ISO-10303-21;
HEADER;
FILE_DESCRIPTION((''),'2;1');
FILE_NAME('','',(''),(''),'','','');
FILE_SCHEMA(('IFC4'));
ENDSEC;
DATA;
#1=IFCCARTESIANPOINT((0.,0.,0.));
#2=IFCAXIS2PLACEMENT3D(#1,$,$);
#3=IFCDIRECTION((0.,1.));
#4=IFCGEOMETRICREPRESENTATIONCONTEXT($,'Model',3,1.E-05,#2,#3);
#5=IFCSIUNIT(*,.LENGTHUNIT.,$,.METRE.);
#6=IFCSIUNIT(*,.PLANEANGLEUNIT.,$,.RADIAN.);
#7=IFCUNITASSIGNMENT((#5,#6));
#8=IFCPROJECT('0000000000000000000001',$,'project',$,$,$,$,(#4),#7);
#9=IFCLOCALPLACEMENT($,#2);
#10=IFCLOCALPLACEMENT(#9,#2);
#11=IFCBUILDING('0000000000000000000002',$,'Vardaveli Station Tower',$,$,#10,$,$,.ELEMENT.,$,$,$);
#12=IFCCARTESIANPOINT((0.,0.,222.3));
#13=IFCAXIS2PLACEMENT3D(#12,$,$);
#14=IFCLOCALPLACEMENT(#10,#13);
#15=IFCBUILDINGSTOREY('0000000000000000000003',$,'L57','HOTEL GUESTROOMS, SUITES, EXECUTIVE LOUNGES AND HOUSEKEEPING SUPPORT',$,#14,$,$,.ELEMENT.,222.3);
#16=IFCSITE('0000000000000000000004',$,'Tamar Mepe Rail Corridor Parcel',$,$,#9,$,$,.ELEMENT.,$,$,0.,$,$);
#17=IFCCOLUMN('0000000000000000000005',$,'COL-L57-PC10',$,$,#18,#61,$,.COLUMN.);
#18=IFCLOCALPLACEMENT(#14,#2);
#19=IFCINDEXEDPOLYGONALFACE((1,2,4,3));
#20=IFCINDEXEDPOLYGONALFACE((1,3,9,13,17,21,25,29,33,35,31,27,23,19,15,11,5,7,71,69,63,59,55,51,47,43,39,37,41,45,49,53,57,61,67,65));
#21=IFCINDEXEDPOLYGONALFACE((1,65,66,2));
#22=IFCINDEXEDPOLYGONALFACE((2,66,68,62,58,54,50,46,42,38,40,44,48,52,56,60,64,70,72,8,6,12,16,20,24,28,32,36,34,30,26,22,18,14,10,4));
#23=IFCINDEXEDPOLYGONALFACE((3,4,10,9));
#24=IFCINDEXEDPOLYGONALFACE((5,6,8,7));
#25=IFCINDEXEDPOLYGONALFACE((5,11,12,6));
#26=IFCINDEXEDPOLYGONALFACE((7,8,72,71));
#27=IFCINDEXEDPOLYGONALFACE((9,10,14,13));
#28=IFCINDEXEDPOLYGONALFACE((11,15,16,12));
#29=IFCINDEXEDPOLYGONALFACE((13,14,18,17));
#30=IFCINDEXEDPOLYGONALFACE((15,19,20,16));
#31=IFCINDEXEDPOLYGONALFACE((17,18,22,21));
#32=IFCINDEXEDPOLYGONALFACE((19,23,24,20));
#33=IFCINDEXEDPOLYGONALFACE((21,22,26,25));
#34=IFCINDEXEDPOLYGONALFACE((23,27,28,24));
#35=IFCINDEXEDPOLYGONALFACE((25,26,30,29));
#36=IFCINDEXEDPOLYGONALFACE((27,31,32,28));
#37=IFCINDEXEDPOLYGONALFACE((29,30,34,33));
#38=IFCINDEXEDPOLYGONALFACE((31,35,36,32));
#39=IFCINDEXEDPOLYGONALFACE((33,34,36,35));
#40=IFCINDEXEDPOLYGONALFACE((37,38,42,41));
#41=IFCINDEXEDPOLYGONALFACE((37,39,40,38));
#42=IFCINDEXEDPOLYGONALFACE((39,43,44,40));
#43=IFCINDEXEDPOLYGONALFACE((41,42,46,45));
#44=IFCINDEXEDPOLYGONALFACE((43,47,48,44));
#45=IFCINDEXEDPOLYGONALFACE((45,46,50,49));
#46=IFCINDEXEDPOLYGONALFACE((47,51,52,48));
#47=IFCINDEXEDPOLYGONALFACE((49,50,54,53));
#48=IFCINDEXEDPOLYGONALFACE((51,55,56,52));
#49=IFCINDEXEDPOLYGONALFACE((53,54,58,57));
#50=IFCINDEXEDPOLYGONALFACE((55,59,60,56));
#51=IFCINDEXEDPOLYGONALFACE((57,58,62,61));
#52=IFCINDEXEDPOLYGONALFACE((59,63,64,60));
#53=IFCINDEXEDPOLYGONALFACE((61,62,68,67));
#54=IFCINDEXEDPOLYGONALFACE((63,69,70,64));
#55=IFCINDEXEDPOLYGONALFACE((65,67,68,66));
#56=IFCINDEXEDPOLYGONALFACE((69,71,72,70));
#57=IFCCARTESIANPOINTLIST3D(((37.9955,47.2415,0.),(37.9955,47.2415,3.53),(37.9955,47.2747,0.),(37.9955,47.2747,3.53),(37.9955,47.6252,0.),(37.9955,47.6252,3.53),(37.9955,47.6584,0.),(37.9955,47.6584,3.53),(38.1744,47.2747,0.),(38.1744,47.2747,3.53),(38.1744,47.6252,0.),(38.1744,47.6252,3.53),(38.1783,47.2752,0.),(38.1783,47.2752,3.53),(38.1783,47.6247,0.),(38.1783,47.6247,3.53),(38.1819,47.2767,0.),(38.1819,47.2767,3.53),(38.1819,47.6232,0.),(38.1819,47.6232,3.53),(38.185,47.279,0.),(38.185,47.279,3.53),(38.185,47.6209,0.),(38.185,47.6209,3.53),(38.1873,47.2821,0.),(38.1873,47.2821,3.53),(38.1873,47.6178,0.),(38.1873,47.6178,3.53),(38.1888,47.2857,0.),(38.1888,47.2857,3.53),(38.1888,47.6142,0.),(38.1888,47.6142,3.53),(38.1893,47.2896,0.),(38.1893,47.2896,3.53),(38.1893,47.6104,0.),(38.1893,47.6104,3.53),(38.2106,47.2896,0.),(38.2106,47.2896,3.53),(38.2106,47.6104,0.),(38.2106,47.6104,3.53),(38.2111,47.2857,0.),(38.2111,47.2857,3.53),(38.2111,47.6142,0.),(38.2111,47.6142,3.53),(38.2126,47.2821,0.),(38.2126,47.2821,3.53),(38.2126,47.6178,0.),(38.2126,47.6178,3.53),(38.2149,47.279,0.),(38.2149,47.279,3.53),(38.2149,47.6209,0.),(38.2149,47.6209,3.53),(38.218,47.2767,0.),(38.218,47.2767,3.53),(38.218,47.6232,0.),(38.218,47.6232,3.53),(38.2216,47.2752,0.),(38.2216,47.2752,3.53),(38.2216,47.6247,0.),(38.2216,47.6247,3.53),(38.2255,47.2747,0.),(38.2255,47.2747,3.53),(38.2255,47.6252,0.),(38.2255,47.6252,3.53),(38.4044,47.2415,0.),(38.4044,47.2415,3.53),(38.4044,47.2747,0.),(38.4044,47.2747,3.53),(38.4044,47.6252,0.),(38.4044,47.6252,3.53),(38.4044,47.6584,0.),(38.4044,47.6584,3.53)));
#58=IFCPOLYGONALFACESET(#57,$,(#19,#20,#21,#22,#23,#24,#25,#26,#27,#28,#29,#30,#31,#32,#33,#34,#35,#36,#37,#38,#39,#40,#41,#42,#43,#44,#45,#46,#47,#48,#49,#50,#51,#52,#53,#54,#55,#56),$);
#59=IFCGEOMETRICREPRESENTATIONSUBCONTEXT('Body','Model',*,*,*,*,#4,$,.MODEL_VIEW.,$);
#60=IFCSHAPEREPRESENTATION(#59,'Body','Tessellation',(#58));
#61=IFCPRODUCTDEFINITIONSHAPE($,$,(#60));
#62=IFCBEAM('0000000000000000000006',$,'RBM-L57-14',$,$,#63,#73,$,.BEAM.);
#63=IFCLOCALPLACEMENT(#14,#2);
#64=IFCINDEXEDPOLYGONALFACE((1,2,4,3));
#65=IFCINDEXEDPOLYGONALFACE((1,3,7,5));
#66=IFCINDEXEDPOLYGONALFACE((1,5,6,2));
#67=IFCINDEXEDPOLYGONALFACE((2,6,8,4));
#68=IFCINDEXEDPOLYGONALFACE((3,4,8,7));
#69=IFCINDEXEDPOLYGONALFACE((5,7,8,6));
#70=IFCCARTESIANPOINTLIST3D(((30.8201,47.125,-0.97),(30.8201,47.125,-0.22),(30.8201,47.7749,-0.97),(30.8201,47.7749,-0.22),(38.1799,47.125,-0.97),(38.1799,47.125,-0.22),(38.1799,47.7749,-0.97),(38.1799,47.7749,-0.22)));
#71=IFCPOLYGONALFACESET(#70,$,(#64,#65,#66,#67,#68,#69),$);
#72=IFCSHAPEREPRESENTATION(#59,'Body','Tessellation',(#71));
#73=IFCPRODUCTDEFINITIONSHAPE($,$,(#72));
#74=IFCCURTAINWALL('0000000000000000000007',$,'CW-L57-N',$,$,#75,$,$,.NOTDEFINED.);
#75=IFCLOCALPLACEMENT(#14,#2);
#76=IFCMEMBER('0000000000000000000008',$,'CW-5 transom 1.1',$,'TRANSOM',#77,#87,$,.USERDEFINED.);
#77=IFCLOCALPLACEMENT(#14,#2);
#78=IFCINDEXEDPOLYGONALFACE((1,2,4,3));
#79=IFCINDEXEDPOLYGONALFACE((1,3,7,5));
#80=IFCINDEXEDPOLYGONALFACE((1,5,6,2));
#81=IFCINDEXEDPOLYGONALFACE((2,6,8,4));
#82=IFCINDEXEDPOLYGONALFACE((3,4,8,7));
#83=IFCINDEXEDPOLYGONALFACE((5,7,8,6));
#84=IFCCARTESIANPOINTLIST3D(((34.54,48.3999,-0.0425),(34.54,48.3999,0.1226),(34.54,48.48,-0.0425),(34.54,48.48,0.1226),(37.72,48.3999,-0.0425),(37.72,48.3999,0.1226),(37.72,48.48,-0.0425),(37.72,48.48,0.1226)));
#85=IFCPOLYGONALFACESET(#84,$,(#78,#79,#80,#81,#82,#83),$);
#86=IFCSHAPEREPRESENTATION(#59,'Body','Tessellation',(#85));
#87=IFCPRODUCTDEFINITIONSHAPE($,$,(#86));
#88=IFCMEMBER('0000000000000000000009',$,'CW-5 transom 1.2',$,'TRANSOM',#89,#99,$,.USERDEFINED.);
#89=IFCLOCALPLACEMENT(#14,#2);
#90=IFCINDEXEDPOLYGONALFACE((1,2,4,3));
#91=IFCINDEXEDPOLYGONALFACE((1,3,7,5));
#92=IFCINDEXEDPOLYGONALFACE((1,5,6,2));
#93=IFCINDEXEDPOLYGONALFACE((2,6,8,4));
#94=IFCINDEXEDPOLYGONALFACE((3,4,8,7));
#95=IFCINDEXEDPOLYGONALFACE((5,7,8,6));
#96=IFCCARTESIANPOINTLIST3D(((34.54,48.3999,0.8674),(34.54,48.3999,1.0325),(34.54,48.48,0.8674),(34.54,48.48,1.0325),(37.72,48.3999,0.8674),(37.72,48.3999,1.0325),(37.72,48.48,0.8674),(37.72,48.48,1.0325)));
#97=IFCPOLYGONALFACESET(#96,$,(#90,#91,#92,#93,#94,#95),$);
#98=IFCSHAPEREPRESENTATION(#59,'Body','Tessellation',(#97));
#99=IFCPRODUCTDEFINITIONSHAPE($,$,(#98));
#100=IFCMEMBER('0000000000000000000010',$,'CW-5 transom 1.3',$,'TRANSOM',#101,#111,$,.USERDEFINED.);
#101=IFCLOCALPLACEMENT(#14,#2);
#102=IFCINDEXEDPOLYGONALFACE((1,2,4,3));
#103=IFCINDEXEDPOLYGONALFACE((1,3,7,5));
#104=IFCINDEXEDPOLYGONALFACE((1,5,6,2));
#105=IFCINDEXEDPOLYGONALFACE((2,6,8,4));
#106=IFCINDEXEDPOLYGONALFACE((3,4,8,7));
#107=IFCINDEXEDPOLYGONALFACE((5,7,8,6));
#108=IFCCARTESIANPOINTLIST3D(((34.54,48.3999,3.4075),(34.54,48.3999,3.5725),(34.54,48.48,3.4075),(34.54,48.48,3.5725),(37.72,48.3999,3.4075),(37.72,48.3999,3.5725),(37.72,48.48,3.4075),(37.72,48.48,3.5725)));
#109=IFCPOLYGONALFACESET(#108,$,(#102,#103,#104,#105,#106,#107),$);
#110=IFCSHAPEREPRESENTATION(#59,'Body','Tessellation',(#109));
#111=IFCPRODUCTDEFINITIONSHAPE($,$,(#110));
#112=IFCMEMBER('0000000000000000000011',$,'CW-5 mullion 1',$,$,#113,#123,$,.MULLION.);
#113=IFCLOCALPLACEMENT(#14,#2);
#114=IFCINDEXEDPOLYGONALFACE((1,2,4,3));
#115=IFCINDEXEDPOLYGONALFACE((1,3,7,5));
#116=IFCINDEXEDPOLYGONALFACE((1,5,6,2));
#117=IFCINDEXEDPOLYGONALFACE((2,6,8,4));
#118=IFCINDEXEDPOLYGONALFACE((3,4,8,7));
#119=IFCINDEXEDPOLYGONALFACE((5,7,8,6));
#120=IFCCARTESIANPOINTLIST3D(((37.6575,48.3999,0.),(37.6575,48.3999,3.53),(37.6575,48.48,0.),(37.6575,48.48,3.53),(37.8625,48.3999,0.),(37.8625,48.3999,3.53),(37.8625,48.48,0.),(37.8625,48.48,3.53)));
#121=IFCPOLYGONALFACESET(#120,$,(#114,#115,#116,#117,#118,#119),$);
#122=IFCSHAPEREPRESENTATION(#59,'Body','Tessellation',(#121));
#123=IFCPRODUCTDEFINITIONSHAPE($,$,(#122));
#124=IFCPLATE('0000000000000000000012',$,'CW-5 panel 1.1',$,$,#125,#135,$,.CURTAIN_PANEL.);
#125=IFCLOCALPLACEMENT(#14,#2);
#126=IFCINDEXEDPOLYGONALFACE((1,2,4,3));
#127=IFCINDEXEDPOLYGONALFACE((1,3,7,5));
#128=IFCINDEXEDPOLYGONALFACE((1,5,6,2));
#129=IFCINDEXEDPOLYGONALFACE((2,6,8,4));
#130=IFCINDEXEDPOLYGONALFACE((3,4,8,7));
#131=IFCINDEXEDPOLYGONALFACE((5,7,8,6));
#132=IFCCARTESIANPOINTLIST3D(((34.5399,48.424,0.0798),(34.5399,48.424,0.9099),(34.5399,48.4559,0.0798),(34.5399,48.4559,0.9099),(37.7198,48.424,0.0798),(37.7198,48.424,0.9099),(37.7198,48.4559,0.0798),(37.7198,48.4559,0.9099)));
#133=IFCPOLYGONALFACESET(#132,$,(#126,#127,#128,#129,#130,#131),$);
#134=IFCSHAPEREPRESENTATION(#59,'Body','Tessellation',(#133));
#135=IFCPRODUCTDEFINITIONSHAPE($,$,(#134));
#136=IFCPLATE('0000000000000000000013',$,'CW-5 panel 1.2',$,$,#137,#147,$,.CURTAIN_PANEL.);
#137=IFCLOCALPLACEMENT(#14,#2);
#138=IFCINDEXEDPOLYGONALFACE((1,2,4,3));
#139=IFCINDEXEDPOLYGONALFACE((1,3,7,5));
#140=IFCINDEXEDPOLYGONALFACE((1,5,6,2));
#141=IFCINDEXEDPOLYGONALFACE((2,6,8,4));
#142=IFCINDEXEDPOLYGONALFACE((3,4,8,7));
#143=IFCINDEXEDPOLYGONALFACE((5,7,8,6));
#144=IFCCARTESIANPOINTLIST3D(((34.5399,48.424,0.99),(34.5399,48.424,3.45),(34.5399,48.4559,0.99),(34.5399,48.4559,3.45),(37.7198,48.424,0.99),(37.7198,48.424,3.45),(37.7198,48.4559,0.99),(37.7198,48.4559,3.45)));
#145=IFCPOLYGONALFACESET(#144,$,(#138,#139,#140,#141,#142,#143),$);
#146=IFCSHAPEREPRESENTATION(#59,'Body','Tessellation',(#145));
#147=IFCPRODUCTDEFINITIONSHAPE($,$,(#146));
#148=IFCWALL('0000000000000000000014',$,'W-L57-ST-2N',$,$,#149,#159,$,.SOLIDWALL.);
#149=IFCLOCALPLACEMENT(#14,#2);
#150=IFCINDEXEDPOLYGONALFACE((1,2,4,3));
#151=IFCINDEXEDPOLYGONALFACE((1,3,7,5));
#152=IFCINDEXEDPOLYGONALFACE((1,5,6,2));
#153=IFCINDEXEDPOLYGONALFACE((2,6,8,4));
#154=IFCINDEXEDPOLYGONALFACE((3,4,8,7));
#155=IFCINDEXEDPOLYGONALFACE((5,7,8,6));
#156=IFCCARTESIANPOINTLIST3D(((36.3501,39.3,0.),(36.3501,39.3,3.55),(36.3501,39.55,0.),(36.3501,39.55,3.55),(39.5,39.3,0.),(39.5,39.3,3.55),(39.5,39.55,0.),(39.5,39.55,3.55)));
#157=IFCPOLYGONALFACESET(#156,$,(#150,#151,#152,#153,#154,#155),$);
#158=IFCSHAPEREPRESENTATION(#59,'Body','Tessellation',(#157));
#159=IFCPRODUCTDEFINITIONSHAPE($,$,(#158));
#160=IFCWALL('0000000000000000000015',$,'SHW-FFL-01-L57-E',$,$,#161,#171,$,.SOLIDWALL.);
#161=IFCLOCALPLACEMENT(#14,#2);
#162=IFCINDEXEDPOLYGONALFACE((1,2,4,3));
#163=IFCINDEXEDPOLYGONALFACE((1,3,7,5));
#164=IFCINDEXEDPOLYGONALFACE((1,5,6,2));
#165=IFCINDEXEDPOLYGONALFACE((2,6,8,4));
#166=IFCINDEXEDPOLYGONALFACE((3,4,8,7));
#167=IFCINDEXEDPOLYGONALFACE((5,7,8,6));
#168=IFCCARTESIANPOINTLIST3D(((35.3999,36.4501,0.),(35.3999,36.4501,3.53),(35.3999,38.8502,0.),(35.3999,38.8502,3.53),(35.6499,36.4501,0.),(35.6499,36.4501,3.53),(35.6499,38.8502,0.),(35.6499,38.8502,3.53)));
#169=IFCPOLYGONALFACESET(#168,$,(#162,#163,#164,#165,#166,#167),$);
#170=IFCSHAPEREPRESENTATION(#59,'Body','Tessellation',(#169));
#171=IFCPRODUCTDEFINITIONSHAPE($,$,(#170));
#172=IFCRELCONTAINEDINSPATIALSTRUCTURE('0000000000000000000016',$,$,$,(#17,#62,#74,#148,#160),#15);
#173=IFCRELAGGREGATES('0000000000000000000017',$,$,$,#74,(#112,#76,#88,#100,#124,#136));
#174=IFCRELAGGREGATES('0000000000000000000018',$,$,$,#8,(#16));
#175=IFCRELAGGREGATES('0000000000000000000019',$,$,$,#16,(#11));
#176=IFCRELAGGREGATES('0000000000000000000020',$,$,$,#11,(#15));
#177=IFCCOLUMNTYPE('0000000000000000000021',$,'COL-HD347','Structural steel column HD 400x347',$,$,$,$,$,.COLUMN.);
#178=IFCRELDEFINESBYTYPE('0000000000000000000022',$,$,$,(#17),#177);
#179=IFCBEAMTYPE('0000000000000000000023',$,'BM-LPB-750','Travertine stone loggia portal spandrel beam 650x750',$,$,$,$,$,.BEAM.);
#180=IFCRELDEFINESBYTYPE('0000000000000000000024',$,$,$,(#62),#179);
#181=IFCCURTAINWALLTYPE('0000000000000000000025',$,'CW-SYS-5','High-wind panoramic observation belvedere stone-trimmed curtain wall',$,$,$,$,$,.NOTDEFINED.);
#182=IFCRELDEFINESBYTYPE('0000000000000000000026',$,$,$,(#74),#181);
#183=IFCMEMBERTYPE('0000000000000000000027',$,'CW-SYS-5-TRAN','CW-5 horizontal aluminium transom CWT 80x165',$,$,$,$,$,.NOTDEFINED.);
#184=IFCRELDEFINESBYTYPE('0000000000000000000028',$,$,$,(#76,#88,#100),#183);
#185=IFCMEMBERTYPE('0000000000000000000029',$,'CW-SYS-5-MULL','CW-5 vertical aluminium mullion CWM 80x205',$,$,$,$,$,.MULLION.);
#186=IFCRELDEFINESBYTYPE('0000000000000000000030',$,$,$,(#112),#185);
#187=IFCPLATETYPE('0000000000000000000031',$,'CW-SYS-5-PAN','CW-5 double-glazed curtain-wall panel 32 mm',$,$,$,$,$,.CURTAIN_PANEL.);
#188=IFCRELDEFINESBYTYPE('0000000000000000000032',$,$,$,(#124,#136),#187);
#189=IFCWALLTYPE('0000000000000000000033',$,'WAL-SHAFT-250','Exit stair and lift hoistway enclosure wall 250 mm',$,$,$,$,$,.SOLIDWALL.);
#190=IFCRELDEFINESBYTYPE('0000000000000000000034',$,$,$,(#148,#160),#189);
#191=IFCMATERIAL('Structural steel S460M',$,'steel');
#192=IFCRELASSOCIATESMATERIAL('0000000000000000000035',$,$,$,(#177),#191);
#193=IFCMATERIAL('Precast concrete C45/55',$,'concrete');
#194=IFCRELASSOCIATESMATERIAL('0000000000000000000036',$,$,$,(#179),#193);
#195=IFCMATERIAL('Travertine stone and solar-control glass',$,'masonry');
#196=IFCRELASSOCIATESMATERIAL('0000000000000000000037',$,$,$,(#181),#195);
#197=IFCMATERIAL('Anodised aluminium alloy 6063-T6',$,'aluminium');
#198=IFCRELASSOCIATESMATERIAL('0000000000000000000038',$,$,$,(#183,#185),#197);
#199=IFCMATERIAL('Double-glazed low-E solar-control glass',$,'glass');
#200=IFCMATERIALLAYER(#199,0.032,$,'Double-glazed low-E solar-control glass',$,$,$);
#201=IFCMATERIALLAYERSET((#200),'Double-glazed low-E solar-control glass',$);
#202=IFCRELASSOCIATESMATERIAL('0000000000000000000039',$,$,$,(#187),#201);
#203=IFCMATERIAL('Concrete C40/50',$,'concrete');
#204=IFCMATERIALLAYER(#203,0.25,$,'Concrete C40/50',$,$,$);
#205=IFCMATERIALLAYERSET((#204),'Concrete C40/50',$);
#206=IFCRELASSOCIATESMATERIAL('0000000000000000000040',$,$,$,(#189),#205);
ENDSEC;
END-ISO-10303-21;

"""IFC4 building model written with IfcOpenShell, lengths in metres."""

from ifc_helpers import new_model, si_unit, direction, frame, frame_2d, origin, origin_2d, place, context, subcontext, project, spatial, rectangle, i_section, extrude, source, transform, mapped, material, layer, layer_set, material_profile, profile_set, type_object, element, aggregate, save


model = new_model("IFC4")

# Units and contexts
model_context = context("Model", 3, precision=1e-05, world=origin(), true_north=direction((0.0, 1.0)))
body_context = subcontext(model_context, "Body", "Model", "MODEL_VIEW")
ifc_project = project(units=[si_unit("LENGTHUNIT", "METRE"), si_unit("PLANEANGLEUNIT", "RADIAN")], contexts=[model_context])

# Site, building, storey
site_placement = place(None, origin())
site = spatial("IfcSite", under=ifc_project, at=site_placement, Name="Tamar Mepe Rail Corridor Parcel", CompositionType="ELEMENT", RefElevation=0.0)
building_placement = place(site_placement, origin())
building = spatial("IfcBuilding", under=site, at=building_placement, Name="Vardaveli Station Tower", CompositionType="ELEMENT")
storey_placement = place(building_placement, frame((0.0, 0.0, 222.3)))
storey = spatial("IfcBuildingStorey", under=building, at=storey_placement, Name="L57", Description="HOTEL GUESTROOMS, SUITES, EXECUTIVE LOUNGES AND HOUSEKEEPING SUPPORT", CompositionType="ELEMENT", Elevation=222.3)

# Column
ifc_material_1 = material(Name="Structural steel S460M", Category="steel")
ifc_material_profile_1 = material_profile(ifc_material_1, i_section(OverallWidth=0.4089, OverallDepth=0.417, WebThickness=0.0212, FlangeThickness=0.0332, FilletRadius=0.0149, at=origin_2d()), Name="HD 400x347")
ifc_profile_set_1 = profile_set([ifc_material_profile_1], Name="Structural steel S460M")
column_type = type_object("IfcColumnType", Name="COL-HD347", Description="Structural steel column HD 400x347", PredefinedType="COLUMN", material=ifc_profile_set_1)
shared_shape_1 = source(origin(), body_context, "Body", "SweptSolid", [
    extrude(i_section(OverallWidth=0.4089, OverallDepth=0.417, WebThickness=0.0212, FlangeThickness=0.0332, FilletRadius=0.0149, at=origin_2d()), origin(), (0.0, 0.0, 1.0), 3.53),
])
column_placement = place(storey_placement, frame((38.2, 47.45, 0.0), z_axis=(0.0, 0.0, 1.0), x_axis=(1.0, 0.0, 0.0)))
element("IfcColumn", 1, at=column_placement, inside=storey, type_object=column_type, Name="COL-L57-PC10", PredefinedType="COLUMN", context=body_context, shape_type="MappedRepresentation", body=[
    mapped(shared_shape_1, transform((0.0, 0.0, 0.0), scale=1.0)),
])

# Beam
ifc_material_2 = material(Name="Precast concrete C45/55", Category="concrete")
ifc_material_profile_2 = material_profile(ifc_material_2, rectangle(XDim=0.6499, YDim=0.75, at=origin_2d()), Name="LPB 650x750")
ifc_profile_set_2 = profile_set([ifc_material_profile_2], Name="Precast concrete C45/55")
beam_type = type_object("IfcBeamType", Name="BM-LPB-750", Description="Travertine stone loggia portal spandrel beam 650x750", PredefinedType="BEAM", material=ifc_profile_set_2)
shared_shape_2 = source(origin(), body_context, "Body", "SweptSolid", [
    extrude(rectangle(XDim=0.6499, YDim=0.75, at=origin_2d()), origin(), (0.0, 0.0, 1.0), 7.3599),
])
beam_placement = place(storey_placement, frame((38.1799, 47.45, -0.595), z_axis=(-1.0, 0.0, 0.0), x_axis=(0.0, -1.0, 0.0)))
element("IfcBeam", 2, at=beam_placement, inside=storey, type_object=beam_type, Name="RBM-L57-14", PredefinedType="BEAM", context=body_context, shape_type="MappedRepresentation", body=[
    mapped(shared_shape_2, transform((0.0, 0.0, 0.0), scale=1.0)),
])

# Curtain wall, members, plates
ifc_material_3 = material(Name="Travertine stone and solar-control glass", Category="masonry")
curtain_wall_type = type_object("IfcCurtainWallType", Name="CW-SYS-5", Description="High-wind panoramic observation belvedere stone-trimmed curtain wall", PredefinedType="NOTDEFINED", material=ifc_material_3)
curtain_wall_placement = place(storey_placement, origin())
curtain_wall = element("IfcCurtainWall", 3, at=curtain_wall_placement, inside=storey, type_object=curtain_wall_type, Name="CW-L57-N", PredefinedType="NOTDEFINED")
ifc_material_4 = material(Name="Anodised aluminium alloy 6063-T6", Category="aluminium")
ifc_material_profile_3 = material_profile(ifc_material_4, rectangle(XDim=0.0801, YDim=0.165, at=origin_2d()), Name="CWT 80x165")
ifc_profile_set_3 = profile_set([ifc_material_profile_3], Name="Anodised aluminium alloy 6063-T6")
member_type_1 = type_object("IfcMemberType", Name="CW-SYS-5-TRAN", Description="CW-5 horizontal aluminium transom CWT 80x165", PredefinedType="NOTDEFINED", material=ifc_profile_set_3)
shared_shape_3 = source(origin(), body_context, "Body", "SweptSolid", [
    extrude(rectangle(XDim=0.0801, YDim=0.165, at=origin_2d()), origin(), (0.0, 0.0, 1.0), 3.1799),
])
member_1_placement = place(storey_placement, frame((37.72, 48.4399, 0.04), z_axis=(-1.0, 0.0, 0.0), x_axis=(0.0, -1.0, 0.0)))
member_1 = element("IfcMember", 4, at=member_1_placement, type_object=member_type_1, Name="CW-5 transom 1.1", ObjectType="TRANSOM", PredefinedType="USERDEFINED", context=body_context, shape_type="MappedRepresentation", body=[
    mapped(shared_shape_3, transform((0.0, 0.0, 0.0), scale=1.0)),
])
member_2_placement = place(storey_placement, frame((37.72, 48.4399, 0.95), z_axis=(-1.0, 0.0, 0.0), x_axis=(0.0, -1.0, 0.0)))
member_2 = element("IfcMember", 5, at=member_2_placement, type_object=member_type_1, Name="CW-5 transom 1.2", ObjectType="TRANSOM", PredefinedType="USERDEFINED", context=body_context, shape_type="MappedRepresentation", body=[
    mapped(shared_shape_3, transform((0.0, 0.0, 0.0), scale=1.0)),
])
member_3_placement = place(storey_placement, frame((37.72, 48.4399, 3.49), z_axis=(-1.0, 0.0, 0.0), x_axis=(0.0, -1.0, 0.0)))
member_3 = element("IfcMember", 6, at=member_3_placement, type_object=member_type_1, Name="CW-5 transom 1.3", ObjectType="TRANSOM", PredefinedType="USERDEFINED", context=body_context, shape_type="MappedRepresentation", body=[
    mapped(shared_shape_3, transform((0.0, 0.0, 0.0), scale=1.0)),
])
ifc_material_profile_4 = material_profile(ifc_material_4, rectangle(XDim=0.0801, YDim=0.2051, at=origin_2d()), Name="CWM 80x205")
ifc_profile_set_4 = profile_set([ifc_material_profile_4], Name="Anodised aluminium alloy 6063-T6")
member_type_2 = type_object("IfcMemberType", Name="CW-SYS-5-MULL", Description="CW-5 vertical aluminium mullion CWM 80x205", PredefinedType="MULLION", material=ifc_profile_set_4)
shared_shape_4 = source(origin(), body_context, "Body", "SweptSolid", [
    extrude(rectangle(XDim=0.0801, YDim=0.2051, at=origin_2d()), origin(), (0.0, 0.0, 1.0), 3.53),
])
member_4_placement = place(storey_placement, frame((37.76, 48.4399, 0.0), z_axis=(0.0, 0.0, 1.0), x_axis=(0.0, -1.0, 0.0)))
member_4 = element("IfcMember", 7, at=member_4_placement, type_object=member_type_2, Name="CW-5 mullion 1", PredefinedType="MULLION", context=body_context, shape_type="MappedRepresentation", body=[
    mapped(shared_shape_4, transform((0.0, 0.0, 0.0), scale=1.0)),
])
ifc_material_5 = material(Name="Double-glazed low-E solar-control glass", Category="glass")
ifc_layer_1 = layer(ifc_material_5, 0.032, Name="Double-glazed low-E solar-control glass")
ifc_layer_set_1 = layer_set([ifc_layer_1], Name="Double-glazed low-E solar-control glass")
plate_type = type_object("IfcPlateType", Name="CW-SYS-5-PAN", Description="CW-5 double-glazed curtain-wall panel 32 mm", PredefinedType="CURTAIN_PANEL", material=ifc_layer_set_1)
shared_shape_5 = source(origin(), body_context, "Body", "SweptSolid", [
    extrude(rectangle(XDim=3.1799, YDim=0.032, at=origin_2d()), origin(), (0.0, 0.0, 1.0), 0.8301),
])
plate_1_placement = place(storey_placement, frame((36.1299, 48.4399, 0.0798), z_axis=(0.0, 0.0, 1.0), x_axis=(-1.0, 0.0, 0.0)))
plate_1 = element("IfcPlate", 8, at=plate_1_placement, type_object=plate_type, Name="CW-5 panel 1.1", PredefinedType="CURTAIN_PANEL", context=body_context, shape_type="MappedRepresentation", body=[
    mapped(shared_shape_5, transform((0.0, 0.0, 0.0), scale=1.0)),
])
shared_shape_6 = source(origin(), body_context, "Body", "SweptSolid", [
    extrude(rectangle(XDim=3.1799, YDim=0.032, at=origin_2d()), origin(), (0.0, 0.0, 1.0), 2.46),
])
plate_2_placement = place(storey_placement, frame((36.1299, 48.4399, 0.99), z_axis=(0.0, 0.0, 1.0), x_axis=(-1.0, 0.0, 0.0)))
plate_2 = element("IfcPlate", 9, at=plate_2_placement, type_object=plate_type, Name="CW-5 panel 1.2", PredefinedType="CURTAIN_PANEL", context=body_context, shape_type="MappedRepresentation", body=[
    mapped(shared_shape_6, transform((0.0, 0.0, 0.0), scale=1.0)),
])
aggregate(curtain_wall, [member_4, member_1, member_2, member_3, plate_1, plate_2])

# Walls
ifc_material_6 = material(Name="Concrete C40/50", Category="concrete")
ifc_layer_2 = layer(ifc_material_6, 0.25, Name="Concrete C40/50")
ifc_layer_set_2 = layer_set([ifc_layer_2], Name="Concrete C40/50")
wall_type_1 = type_object("IfcWallType", Name="WAL-SHAFT-250", Description="Exit stair and lift hoistway enclosure wall 250 mm", PredefinedType="SOLIDWALL", material=ifc_layer_set_2)
shared_shape_7 = source(origin(), body_context, "Body", "SweptSolid", [
    extrude(rectangle(XDim=3.1499, YDim=0.25, at=frame_2d((1.575, 0.0))), origin(), (0.0, 0.0, 1.0), 3.55),
])
wall_1_placement = place(storey_placement, frame((36.3501, 39.425, 0.0), z_axis=(0.0, 0.0, 1.0), x_axis=(1.0, 0.0, 0.0)))
element("IfcWall", 10, at=wall_1_placement, inside=storey, type_object=wall_type_1, Name="W-L57-ST-2N", PredefinedType="SOLIDWALL", context=body_context, shape_type="MappedRepresentation", body=[
    mapped(shared_shape_7, transform((0.0, 0.0, 0.0), scale=1.0)),
])
shared_shape_8 = source(origin(), body_context, "Body", "SweptSolid", [
    extrude(rectangle(XDim=2.4001, YDim=0.25, at=frame_2d((1.2002, 0.0))), origin(), (0.0, 0.0, 1.0), 3.53),
])
for number, where, z_axis, x_axis, name in (
    (11, (35.5249, 36.45, 0.0), (0.0, 0.0, 1.0), (0.0, 1.0, 0.0), "SHW-FFL-01-L57-E"),
):
    element("IfcWall", number, at=place(storey_placement, frame(where, z_axis=z_axis, x_axis=x_axis)), inside=storey, type_object=wall_type_1, Name=name, PredefinedType="SOLIDWALL", context=body_context, shape_type="MappedRepresentation", body=[
        mapped(shared_shape_8, transform((0.0, 0.0, 0.0), scale=1.0)),
    ])

save(model, "model.ifc")
